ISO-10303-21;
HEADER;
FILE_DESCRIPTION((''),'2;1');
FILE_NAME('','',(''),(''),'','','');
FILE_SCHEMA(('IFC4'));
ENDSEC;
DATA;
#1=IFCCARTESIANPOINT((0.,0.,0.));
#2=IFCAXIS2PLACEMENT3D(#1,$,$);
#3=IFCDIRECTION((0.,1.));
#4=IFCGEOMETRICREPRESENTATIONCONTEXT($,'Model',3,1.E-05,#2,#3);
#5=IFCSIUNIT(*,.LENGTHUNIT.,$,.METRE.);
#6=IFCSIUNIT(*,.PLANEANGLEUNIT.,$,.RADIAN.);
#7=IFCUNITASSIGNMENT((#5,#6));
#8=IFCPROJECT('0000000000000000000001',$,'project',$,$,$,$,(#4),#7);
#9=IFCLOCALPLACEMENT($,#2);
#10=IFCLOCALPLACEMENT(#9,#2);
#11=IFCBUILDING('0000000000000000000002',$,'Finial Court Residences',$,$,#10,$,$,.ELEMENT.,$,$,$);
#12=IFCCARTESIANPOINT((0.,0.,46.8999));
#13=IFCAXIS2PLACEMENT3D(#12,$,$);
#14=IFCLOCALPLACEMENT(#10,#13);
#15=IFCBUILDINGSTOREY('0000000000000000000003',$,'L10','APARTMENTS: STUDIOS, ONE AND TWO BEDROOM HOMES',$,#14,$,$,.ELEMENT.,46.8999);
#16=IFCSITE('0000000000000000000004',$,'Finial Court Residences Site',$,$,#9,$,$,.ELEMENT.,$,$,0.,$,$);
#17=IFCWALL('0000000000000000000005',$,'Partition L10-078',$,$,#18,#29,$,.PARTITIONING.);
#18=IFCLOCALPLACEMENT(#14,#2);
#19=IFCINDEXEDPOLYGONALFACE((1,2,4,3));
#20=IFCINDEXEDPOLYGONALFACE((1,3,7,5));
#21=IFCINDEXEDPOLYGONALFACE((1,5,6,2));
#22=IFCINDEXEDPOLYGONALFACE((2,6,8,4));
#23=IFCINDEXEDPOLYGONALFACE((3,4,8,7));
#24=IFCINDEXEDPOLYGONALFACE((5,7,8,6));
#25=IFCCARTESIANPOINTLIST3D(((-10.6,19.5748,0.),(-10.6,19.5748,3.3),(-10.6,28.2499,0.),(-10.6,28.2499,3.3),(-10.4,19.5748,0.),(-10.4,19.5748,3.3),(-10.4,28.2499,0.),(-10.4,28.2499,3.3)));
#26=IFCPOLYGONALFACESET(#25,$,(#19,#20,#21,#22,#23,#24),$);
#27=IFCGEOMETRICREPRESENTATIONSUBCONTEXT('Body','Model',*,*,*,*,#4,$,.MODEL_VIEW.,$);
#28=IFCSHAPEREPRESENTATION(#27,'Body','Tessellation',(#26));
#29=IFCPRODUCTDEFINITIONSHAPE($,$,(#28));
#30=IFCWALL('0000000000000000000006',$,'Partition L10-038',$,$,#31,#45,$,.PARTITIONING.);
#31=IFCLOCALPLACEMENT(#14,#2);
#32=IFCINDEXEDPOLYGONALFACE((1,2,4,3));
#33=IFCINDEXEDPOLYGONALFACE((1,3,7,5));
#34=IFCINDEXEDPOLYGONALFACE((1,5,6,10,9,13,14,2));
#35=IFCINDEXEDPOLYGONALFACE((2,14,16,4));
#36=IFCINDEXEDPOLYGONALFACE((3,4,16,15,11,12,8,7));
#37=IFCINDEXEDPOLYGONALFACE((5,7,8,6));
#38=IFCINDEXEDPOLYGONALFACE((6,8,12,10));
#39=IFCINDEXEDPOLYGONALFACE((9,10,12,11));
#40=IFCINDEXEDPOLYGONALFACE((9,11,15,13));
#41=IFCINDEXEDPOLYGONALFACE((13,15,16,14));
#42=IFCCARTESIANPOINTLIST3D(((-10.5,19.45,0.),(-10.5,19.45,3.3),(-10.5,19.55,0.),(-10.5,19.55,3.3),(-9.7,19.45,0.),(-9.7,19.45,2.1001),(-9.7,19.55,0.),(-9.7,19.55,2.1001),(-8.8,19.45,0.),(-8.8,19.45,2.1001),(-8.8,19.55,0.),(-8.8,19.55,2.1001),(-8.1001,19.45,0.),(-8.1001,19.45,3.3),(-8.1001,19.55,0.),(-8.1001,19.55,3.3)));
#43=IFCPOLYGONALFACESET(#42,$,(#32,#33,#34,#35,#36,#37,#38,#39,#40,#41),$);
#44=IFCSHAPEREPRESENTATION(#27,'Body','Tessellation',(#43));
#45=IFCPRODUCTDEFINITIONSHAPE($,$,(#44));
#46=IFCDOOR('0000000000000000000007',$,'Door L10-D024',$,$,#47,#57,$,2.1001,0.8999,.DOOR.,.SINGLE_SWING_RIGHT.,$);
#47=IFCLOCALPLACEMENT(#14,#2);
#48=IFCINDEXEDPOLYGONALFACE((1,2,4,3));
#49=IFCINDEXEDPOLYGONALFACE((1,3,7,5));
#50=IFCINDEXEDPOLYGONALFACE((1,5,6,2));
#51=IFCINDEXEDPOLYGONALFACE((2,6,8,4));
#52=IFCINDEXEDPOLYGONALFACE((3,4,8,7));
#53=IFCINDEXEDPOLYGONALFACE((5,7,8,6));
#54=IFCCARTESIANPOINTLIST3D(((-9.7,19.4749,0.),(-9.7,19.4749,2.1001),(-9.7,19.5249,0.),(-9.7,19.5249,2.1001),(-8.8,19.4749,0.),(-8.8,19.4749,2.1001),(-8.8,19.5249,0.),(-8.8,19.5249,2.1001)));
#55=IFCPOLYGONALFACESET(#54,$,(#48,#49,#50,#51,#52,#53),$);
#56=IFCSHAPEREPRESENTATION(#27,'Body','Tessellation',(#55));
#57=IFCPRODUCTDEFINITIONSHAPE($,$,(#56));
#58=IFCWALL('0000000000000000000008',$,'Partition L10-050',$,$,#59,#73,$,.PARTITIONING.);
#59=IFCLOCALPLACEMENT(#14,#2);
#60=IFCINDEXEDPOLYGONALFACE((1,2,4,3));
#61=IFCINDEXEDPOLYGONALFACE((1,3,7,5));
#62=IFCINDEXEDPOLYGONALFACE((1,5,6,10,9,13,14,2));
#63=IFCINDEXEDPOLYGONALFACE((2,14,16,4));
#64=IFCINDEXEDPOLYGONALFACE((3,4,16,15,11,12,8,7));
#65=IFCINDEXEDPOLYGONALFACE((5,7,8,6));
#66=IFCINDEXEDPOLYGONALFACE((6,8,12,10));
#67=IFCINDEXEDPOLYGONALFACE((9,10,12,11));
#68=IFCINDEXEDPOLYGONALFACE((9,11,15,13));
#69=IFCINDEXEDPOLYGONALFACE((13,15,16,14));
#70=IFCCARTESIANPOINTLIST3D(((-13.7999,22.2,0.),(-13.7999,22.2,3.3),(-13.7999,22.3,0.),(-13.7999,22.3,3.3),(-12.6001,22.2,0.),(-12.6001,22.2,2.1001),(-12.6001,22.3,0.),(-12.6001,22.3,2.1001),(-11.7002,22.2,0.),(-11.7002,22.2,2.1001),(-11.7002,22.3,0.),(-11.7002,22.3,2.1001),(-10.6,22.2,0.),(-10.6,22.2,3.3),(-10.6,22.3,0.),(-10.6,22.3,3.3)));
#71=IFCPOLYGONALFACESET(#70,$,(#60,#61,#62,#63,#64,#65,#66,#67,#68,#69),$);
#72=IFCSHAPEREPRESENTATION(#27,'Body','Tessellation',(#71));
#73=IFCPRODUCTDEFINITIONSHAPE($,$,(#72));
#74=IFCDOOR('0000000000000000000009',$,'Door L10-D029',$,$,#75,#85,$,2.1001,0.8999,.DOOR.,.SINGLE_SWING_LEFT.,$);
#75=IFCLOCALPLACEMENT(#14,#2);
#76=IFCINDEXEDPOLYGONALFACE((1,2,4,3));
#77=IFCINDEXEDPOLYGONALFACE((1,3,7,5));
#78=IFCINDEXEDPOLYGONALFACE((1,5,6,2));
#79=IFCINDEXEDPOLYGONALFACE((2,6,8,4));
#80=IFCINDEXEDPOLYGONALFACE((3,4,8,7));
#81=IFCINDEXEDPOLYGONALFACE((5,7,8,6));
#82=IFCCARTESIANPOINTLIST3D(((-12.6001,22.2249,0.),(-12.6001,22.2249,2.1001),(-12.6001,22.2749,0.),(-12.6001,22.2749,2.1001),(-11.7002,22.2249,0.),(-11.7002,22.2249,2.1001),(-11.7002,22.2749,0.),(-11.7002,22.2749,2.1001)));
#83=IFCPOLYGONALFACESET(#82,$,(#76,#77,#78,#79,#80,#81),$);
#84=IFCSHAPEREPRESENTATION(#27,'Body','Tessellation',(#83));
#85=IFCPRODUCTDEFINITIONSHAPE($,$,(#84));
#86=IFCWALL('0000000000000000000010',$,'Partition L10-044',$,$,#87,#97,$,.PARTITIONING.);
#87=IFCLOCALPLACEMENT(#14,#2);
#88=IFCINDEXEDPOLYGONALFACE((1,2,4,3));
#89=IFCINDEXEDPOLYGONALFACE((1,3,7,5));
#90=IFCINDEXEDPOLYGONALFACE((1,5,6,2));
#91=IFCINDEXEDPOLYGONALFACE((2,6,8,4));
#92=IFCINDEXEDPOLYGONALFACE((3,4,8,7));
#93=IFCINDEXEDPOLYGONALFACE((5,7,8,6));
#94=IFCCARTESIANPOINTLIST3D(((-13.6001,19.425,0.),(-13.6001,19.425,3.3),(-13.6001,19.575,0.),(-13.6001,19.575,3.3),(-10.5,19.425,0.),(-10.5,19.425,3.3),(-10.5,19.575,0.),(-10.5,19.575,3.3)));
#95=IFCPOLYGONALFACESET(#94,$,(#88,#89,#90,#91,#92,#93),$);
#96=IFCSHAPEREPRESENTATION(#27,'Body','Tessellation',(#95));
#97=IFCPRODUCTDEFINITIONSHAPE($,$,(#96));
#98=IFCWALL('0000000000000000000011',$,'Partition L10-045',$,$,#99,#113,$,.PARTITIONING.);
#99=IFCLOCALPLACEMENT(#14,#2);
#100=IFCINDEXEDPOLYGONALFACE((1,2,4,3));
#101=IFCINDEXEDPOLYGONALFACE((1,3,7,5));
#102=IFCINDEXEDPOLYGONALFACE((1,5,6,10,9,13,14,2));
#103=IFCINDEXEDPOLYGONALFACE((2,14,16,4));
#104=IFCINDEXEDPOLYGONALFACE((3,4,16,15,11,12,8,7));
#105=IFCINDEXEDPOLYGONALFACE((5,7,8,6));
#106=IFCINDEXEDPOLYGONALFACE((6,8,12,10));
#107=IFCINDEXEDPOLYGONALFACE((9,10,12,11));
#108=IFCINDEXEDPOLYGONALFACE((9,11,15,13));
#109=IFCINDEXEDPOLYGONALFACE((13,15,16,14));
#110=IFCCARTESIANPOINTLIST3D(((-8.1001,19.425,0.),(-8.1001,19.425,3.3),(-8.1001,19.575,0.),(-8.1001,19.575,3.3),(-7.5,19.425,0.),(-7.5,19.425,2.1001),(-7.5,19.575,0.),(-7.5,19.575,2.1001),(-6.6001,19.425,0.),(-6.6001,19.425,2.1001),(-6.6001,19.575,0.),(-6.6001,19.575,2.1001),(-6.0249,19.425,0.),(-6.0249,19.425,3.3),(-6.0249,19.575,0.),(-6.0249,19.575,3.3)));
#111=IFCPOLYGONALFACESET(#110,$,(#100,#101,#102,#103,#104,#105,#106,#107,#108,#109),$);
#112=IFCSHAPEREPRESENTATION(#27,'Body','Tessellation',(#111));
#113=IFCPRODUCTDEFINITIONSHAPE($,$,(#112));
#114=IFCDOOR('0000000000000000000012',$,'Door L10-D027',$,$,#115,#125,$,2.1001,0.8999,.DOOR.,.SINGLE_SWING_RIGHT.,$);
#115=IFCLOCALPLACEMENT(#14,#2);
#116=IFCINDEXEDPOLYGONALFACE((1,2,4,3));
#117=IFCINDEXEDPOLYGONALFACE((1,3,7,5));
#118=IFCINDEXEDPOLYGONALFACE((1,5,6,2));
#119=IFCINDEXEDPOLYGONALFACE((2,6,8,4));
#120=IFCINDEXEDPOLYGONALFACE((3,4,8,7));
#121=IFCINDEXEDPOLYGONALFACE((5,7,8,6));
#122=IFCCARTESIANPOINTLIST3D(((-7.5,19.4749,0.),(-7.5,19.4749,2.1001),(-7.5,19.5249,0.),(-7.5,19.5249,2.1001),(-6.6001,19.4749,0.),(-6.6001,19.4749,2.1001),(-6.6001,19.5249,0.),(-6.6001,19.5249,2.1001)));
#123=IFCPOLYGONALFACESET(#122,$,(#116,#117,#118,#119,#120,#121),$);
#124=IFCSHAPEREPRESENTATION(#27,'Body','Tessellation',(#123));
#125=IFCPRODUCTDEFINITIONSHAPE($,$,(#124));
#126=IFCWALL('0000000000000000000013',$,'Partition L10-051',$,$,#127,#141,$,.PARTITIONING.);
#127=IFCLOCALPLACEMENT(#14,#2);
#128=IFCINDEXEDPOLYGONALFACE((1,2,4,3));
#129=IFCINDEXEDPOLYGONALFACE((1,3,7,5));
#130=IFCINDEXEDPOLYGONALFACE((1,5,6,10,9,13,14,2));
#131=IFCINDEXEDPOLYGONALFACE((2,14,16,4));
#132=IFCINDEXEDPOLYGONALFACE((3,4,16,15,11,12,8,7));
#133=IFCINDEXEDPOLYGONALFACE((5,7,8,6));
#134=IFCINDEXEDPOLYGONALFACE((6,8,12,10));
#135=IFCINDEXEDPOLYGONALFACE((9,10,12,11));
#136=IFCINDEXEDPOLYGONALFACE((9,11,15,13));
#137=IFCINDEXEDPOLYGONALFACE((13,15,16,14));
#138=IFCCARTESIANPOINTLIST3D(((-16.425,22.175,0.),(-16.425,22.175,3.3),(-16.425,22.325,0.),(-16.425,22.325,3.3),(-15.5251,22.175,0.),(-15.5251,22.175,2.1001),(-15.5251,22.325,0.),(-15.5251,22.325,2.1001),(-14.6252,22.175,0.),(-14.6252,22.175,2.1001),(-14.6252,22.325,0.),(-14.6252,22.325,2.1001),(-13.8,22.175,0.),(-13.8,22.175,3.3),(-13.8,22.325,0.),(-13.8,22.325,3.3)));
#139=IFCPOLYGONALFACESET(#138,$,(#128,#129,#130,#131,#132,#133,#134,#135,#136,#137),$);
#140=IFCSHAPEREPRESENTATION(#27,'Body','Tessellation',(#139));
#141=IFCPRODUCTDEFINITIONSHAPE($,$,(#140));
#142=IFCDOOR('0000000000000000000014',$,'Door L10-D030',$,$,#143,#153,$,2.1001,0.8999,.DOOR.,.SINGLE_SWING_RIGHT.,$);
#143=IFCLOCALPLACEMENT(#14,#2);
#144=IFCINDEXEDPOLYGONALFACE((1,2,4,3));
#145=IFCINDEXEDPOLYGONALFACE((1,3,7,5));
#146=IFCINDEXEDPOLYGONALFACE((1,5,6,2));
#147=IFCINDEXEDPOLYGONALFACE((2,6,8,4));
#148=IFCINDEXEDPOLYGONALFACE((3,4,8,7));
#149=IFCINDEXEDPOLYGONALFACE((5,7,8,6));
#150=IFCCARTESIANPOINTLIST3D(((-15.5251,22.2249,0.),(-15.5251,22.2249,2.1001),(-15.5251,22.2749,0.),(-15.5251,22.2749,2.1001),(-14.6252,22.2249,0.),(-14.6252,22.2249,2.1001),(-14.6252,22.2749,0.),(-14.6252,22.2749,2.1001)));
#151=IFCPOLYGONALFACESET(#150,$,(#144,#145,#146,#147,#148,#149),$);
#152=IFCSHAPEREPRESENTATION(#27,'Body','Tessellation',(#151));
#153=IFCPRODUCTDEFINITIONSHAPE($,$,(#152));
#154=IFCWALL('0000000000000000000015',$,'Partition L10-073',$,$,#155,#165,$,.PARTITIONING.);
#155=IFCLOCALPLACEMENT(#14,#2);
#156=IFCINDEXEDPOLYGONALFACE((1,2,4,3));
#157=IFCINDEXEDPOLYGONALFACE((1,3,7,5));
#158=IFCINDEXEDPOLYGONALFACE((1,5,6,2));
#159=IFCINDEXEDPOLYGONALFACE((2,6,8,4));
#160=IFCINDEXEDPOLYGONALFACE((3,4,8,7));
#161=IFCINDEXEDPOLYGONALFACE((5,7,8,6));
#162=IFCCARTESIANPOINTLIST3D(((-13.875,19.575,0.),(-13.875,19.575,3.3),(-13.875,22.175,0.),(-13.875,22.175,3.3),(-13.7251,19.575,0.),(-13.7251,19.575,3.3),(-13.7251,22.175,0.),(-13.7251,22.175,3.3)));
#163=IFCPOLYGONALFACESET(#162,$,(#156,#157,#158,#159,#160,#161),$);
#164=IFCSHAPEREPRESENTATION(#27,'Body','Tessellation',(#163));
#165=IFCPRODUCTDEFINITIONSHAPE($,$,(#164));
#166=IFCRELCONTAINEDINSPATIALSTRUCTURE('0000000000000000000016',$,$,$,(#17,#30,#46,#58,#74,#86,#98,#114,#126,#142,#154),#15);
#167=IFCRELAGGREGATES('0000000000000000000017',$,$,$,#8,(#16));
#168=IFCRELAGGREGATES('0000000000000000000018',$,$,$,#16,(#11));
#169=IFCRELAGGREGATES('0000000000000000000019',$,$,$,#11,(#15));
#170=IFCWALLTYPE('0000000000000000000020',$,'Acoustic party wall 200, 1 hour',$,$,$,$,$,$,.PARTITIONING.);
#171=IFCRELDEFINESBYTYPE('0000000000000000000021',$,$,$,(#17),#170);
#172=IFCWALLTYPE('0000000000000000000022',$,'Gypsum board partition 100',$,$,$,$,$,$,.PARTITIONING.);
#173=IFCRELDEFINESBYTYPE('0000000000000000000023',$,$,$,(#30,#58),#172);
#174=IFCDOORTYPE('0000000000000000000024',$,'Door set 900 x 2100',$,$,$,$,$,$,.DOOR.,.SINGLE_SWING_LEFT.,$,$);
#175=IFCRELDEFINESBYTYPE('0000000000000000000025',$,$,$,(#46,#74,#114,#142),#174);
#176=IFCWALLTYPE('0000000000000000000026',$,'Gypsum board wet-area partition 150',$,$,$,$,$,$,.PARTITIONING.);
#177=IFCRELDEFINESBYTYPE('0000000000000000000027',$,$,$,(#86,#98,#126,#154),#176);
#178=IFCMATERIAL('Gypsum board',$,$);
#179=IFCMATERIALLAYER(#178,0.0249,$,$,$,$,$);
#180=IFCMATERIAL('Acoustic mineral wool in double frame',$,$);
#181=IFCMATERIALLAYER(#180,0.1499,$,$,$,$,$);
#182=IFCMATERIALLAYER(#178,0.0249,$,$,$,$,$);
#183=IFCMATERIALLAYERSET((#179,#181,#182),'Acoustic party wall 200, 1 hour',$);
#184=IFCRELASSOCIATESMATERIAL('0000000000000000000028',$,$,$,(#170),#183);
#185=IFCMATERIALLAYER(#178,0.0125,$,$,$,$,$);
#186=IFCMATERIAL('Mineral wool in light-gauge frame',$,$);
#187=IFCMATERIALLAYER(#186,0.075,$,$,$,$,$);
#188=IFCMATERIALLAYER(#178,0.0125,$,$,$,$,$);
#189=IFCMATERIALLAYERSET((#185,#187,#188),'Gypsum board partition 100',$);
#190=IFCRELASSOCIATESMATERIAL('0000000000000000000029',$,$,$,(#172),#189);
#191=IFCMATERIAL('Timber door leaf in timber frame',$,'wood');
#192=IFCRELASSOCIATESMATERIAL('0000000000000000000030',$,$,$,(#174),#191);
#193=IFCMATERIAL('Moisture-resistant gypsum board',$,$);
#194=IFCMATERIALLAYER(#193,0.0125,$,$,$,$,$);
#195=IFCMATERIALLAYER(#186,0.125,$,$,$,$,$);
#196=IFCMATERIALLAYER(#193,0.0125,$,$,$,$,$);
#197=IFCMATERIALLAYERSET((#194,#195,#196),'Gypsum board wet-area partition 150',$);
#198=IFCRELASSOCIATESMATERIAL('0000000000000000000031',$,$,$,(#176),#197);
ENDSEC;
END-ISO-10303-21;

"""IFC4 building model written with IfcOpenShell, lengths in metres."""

from ifc_helpers import new_model, si_unit, direction, frame, frame_2d, origin, place, context, subcontext, project, spatial, rectangle, extrude, material, layer, layer_set, type_object, element, fill, save


model = new_model("IFC4")

# Units and contexts
model_context = context("Model", 3, precision=1e-05, world=origin(), true_north=direction((0.0, 1.0)))
body_context = subcontext(model_context, "Body", "Model", "MODEL_VIEW")
ifc_project = project(units=[si_unit("LENGTHUNIT", "METRE"), si_unit("PLANEANGLEUNIT", "RADIAN")], contexts=[model_context])

# Site, building, storey
site_placement = place(None, origin())
site = spatial("IfcSite", under=ifc_project, at=site_placement, Name="Finial Court Residences Site", CompositionType="ELEMENT", RefElevation=0.0)
building_placement = place(site_placement, origin())
building = spatial("IfcBuilding", under=site, at=building_placement, Name="Finial Court Residences", CompositionType="ELEMENT")
storey_placement = place(building_placement, frame((0.0, 0.0, 46.8999)))
storey = spatial("IfcBuildingStorey", under=building, at=storey_placement, Name="L10", Description="APARTMENTS: STUDIOS, ONE AND TWO BEDROOM HOMES", CompositionType="ELEMENT", Elevation=46.8999)

# Wall
ifc_material_1 = material(Name="Gypsum board")
ifc_layer_1 = layer(ifc_material_1, 0.0249)
ifc_material_2 = material(Name="Acoustic mineral wool in double frame")
ifc_layer_2 = layer(ifc_material_2, 0.1499)
ifc_layer_3 = layer(ifc_material_1, 0.0249)
ifc_layer_set_1 = layer_set([ifc_layer_1, ifc_layer_2, ifc_layer_3], Name="Acoustic party wall 200, 1 hour")
wall_type_1 = type_object("IfcWallType", Name="Acoustic party wall 200, 1 hour", PredefinedType="PARTITIONING", material=ifc_layer_set_1)
wall_1_placement = place(storey_placement, frame((-10.5, 19.575, 0.0), z_axis=(0.0, 0.0, 1.0), x_axis=(0.0, 1.0, 0.0)))
element("IfcWall", 1, at=wall_1_placement, inside=storey, type_object=wall_type_1, Name="Partition L10-078", PredefinedType="PARTITIONING", context=body_context, shape_type="SweptSolid", body=[
    extrude(rectangle(XDim=8.675, YDim=0.2, at=frame_2d((4.3374, 0.0))), origin(), (0.0, 0.0, 1.0), 3.3),
])

# Walls, openings, doors
ifc_layer_4 = layer(ifc_material_1, 0.0125)
ifc_material_3 = material(Name="Mineral wool in light-gauge frame")
ifc_layer_5 = layer(ifc_material_3, 0.075)
ifc_layer_6 = layer(ifc_material_1, 0.0125)
ifc_layer_set_2 = layer_set([ifc_layer_4, ifc_layer_5, ifc_layer_6], Name="Gypsum board partition 100")
wall_type_2 = type_object("IfcWallType", Name="Gypsum board partition 100", PredefinedType="PARTITIONING", material=ifc_layer_set_2)
wall_2_placement = place(storey_placement, frame((-10.5, 19.5, 0.0), z_axis=(0.0, 0.0, 1.0), x_axis=(1.0, 0.0, 0.0)))
wall_2 = element("IfcWall", 2, at=wall_2_placement, inside=storey, type_object=wall_type_2, Name="Partition L10-038", PredefinedType="PARTITIONING", context=body_context, shape_type="SweptSolid", body=[
    extrude(rectangle(XDim=2.3999, YDim=0.1001, at=frame_2d((1.2, 0.0))), origin(), (0.0, 0.0, 1.0), 3.3),
])
opening_1_placement = place(wall_2_placement, frame((0.8, 0.0, 0.0)))
opening_1 = element("IfcOpeningElement", 3, at=opening_1_placement, cuts=wall_2, PredefinedType="OPENING", context=body_context, shape_type="SweptSolid", body=[
    extrude(rectangle(XDim=0.8999, YDim=2.1001, at=frame_2d((0.45, 1.05))), frame((0.0, 0.0601, 0.0), z_axis=(0.0, -1.0, 0.0), x_axis=(1.0, 0.0, 0.0)), (0.0, 0.0, 1.0), 0.1201),
])
ifc_material_4 = material(Name="Timber door leaf in timber frame", Category="wood")
door_type = type_object("IfcDoorType", Name="Door set 900 x 2100", OperationType="SINGLE_SWING_LEFT", PredefinedType="DOOR", material=ifc_material_4)
door_1_placement = place(opening_1_placement, origin())
door_1 = element("IfcDoor", 4, at=door_1_placement, inside=storey, type_object=door_type, Name="Door L10-D024", OperationType="SINGLE_SWING_RIGHT", OverallHeight=2.1001, OverallWidth=0.8999, PredefinedType="DOOR", context=body_context, shape_type="SweptSolid", body=[
    extrude(rectangle(XDim=0.8999, YDim=2.1001, at=frame_2d((0.45, 1.05))), frame((0.0, 0.0249, 0.0), z_axis=(0.0, -1.0, 0.0), x_axis=(1.0, 0.0, 0.0)), (0.0, 0.0, 1.0), 0.05),
])
fill(opening_1, door_1)
wall_3_placement = place(storey_placement, frame((-13.8, 22.25, 0.0), z_axis=(0.0, 0.0, 1.0), x_axis=(1.0, 0.0, 0.0)))
wall_3 = element("IfcWall", 5, at=wall_3_placement, inside=storey, type_object=wall_type_2, Name="Partition L10-050", PredefinedType="PARTITIONING", context=body_context, shape_type="SweptSolid", body=[
    extrude(rectangle(XDim=3.2, YDim=0.1001, at=frame_2d((1.6001, 0.0))), origin(), (0.0, 0.0, 1.0), 3.3),
])
opening_2_placement = place(wall_3_placement, frame((1.2, 0.0, 0.0)))
opening_2 = element("IfcOpeningElement", 6, at=opening_2_placement, cuts=wall_3, PredefinedType="OPENING", context=body_context, shape_type="SweptSolid", body=[
    extrude(rectangle(XDim=0.8999, YDim=2.1001, at=frame_2d((0.45, 1.05))), frame((0.0, 0.0601, 0.0), z_axis=(0.0, -1.0, 0.0), x_axis=(1.0, 0.0, 0.0)), (0.0, 0.0, 1.0), 0.1201),
])
door_2_placement = place(opening_2_placement, origin())
door_2 = element("IfcDoor", 7, at=door_2_placement, inside=storey, type_object=door_type, Name="Door L10-D029", OperationType="SINGLE_SWING_LEFT", OverallHeight=2.1001, OverallWidth=0.8999, PredefinedType="DOOR", context=body_context, shape_type="SweptSolid", body=[
    extrude(rectangle(XDim=0.8999, YDim=2.1001, at=frame_2d((0.45, 1.05))), frame((0.0, 0.0249, 0.0), z_axis=(0.0, -1.0, 0.0), x_axis=(1.0, 0.0, 0.0)), (0.0, 0.0, 1.0), 0.05),
])
fill(opening_2, door_2)

# Wall
ifc_material_5 = material(Name="Moisture-resistant gypsum board")
ifc_layer_7 = layer(ifc_material_5, 0.0125)
ifc_layer_8 = layer(ifc_material_3, 0.125)
ifc_layer_9 = layer(ifc_material_5, 0.0125)
ifc_layer_set_3 = layer_set([ifc_layer_7, ifc_layer_8, ifc_layer_9], Name="Gypsum board wet-area partition 150")
wall_type_3 = type_object("IfcWallType", Name="Gypsum board wet-area partition 150", PredefinedType="PARTITIONING", material=ifc_layer_set_3)
wall_4_placement = place(storey_placement, frame((-13.6001, 19.5, 0.0), z_axis=(0.0, 0.0, 1.0), x_axis=(1.0, 0.0, 0.0)))
element("IfcWall", 8, at=wall_4_placement, inside=storey, type_object=wall_type_3, Name="Partition L10-044", PredefinedType="PARTITIONING", context=body_context, shape_type="SweptSolid", body=[
    extrude(rectangle(XDim=3.1001, YDim=0.1499, at=frame_2d((1.55, 0.0))), origin(), (0.0, 0.0, 1.0), 3.3),
])

# Walls, openings, doors
wall_5_placement = place(storey_placement, frame((-8.1001, 19.5, 0.0), z_axis=(0.0, 0.0, 1.0), x_axis=(1.0, 0.0, 0.0)))
wall_5 = element("IfcWall", 9, at=wall_5_placement, inside=storey, type_object=wall_type_3, Name="Partition L10-045", PredefinedType="PARTITIONING", context=body_context, shape_type="SweptSolid", body=[
    extrude(rectangle(XDim=2.0752, YDim=0.1499, at=frame_2d((1.0376, 0.0))), origin(), (0.0, 0.0, 1.0), 3.3),
])
opening_3_placement = place(wall_5_placement, frame((0.6001, 0.0, 0.0)))
opening_3 = element("IfcOpeningElement", 10, at=opening_3_placement, cuts=wall_5, PredefinedType="OPENING", context=body_context, shape_type="SweptSolid", body=[
    extrude(rectangle(XDim=0.8999, YDim=2.1001, at=frame_2d((0.45, 1.05))), frame((0.0, 0.085, 0.0), z_axis=(0.0, -1.0, 0.0), x_axis=(1.0, 0.0, 0.0)), (0.0, 0.0, 1.0), 0.1699),
])
door_3_placement = place(opening_3_placement, origin())
door_3 = element("IfcDoor", 11, at=door_3_placement, inside=storey, type_object=door_type, Name="Door L10-D027", OperationType="SINGLE_SWING_RIGHT", OverallHeight=2.1001, OverallWidth=0.8999, PredefinedType="DOOR", context=body_context, shape_type="SweptSolid", body=[
    extrude(rectangle(XDim=0.8999, YDim=2.1001, at=frame_2d((0.45, 1.05))), frame((0.0, 0.0249, 0.0), z_axis=(0.0, -1.0, 0.0), x_axis=(1.0, 0.0, 0.0)), (0.0, 0.0, 1.0), 0.05),
])
fill(opening_3, door_3)
wall_6_placement = place(storey_placement, frame((-16.425, 22.25, 0.0), z_axis=(0.0, 0.0, 1.0), x_axis=(1.0, 0.0, 0.0)))
wall_6 = element("IfcWall", 12, at=wall_6_placement, inside=storey, type_object=wall_type_3, Name="Partition L10-051", PredefinedType="PARTITIONING", context=body_context, shape_type="SweptSolid", body=[
    extrude(rectangle(XDim=2.625, YDim=0.1499, at=frame_2d((1.3125, 0.0))), origin(), (0.0, 0.0, 1.0), 3.3),
])
opening_4_placement = place(wall_6_placement, frame((0.8999, 0.0, 0.0)))
opening_4 = element("IfcOpeningElement", 13, at=opening_4_placement, cuts=wall_6, PredefinedType="OPENING", context=body_context, shape_type="SweptSolid", body=[
    extrude(rectangle(XDim=0.8999, YDim=2.1001, at=frame_2d((0.45, 1.05))), frame((0.0, 0.085, 0.0), z_axis=(0.0, -1.0, 0.0), x_axis=(1.0, 0.0, 0.0)), (0.0, 0.0, 1.0), 0.1699),
])
door_4_placement = place(opening_4_placement, origin())
door_4 = element("IfcDoor", 14, at=door_4_placement, inside=storey, type_object=door_type, Name="Door L10-D030", OperationType="SINGLE_SWING_RIGHT", OverallHeight=2.1001, OverallWidth=0.8999, PredefinedType="DOOR", context=body_context, shape_type="SweptSolid", body=[
    extrude(rectangle(XDim=0.8999, YDim=2.1001, at=frame_2d((0.45, 1.05))), frame((0.0, 0.0249, 0.0), z_axis=(0.0, -1.0, 0.0), x_axis=(1.0, 0.0, 0.0)), (0.0, 0.0, 1.0), 0.05),
])
fill(opening_4, door_4)

# Wall
wall_7_placement = place(storey_placement, frame((-13.8, 19.575, 0.0), z_axis=(0.0, 0.0, 1.0), x_axis=(0.0, 1.0, 0.0)))
element("IfcWall", 15, at=wall_7_placement, inside=storey, type_object=wall_type_3, Name="Partition L10-073", PredefinedType="PARTITIONING", context=body_context, shape_type="SweptSolid", body=[
    extrude(rectangle(XDim=2.6001, YDim=0.1499, at=frame_2d((1.3, 0.0))), origin(), (0.0, 0.0, 1.0), 3.3),
])

save(model, "model.ifc")
